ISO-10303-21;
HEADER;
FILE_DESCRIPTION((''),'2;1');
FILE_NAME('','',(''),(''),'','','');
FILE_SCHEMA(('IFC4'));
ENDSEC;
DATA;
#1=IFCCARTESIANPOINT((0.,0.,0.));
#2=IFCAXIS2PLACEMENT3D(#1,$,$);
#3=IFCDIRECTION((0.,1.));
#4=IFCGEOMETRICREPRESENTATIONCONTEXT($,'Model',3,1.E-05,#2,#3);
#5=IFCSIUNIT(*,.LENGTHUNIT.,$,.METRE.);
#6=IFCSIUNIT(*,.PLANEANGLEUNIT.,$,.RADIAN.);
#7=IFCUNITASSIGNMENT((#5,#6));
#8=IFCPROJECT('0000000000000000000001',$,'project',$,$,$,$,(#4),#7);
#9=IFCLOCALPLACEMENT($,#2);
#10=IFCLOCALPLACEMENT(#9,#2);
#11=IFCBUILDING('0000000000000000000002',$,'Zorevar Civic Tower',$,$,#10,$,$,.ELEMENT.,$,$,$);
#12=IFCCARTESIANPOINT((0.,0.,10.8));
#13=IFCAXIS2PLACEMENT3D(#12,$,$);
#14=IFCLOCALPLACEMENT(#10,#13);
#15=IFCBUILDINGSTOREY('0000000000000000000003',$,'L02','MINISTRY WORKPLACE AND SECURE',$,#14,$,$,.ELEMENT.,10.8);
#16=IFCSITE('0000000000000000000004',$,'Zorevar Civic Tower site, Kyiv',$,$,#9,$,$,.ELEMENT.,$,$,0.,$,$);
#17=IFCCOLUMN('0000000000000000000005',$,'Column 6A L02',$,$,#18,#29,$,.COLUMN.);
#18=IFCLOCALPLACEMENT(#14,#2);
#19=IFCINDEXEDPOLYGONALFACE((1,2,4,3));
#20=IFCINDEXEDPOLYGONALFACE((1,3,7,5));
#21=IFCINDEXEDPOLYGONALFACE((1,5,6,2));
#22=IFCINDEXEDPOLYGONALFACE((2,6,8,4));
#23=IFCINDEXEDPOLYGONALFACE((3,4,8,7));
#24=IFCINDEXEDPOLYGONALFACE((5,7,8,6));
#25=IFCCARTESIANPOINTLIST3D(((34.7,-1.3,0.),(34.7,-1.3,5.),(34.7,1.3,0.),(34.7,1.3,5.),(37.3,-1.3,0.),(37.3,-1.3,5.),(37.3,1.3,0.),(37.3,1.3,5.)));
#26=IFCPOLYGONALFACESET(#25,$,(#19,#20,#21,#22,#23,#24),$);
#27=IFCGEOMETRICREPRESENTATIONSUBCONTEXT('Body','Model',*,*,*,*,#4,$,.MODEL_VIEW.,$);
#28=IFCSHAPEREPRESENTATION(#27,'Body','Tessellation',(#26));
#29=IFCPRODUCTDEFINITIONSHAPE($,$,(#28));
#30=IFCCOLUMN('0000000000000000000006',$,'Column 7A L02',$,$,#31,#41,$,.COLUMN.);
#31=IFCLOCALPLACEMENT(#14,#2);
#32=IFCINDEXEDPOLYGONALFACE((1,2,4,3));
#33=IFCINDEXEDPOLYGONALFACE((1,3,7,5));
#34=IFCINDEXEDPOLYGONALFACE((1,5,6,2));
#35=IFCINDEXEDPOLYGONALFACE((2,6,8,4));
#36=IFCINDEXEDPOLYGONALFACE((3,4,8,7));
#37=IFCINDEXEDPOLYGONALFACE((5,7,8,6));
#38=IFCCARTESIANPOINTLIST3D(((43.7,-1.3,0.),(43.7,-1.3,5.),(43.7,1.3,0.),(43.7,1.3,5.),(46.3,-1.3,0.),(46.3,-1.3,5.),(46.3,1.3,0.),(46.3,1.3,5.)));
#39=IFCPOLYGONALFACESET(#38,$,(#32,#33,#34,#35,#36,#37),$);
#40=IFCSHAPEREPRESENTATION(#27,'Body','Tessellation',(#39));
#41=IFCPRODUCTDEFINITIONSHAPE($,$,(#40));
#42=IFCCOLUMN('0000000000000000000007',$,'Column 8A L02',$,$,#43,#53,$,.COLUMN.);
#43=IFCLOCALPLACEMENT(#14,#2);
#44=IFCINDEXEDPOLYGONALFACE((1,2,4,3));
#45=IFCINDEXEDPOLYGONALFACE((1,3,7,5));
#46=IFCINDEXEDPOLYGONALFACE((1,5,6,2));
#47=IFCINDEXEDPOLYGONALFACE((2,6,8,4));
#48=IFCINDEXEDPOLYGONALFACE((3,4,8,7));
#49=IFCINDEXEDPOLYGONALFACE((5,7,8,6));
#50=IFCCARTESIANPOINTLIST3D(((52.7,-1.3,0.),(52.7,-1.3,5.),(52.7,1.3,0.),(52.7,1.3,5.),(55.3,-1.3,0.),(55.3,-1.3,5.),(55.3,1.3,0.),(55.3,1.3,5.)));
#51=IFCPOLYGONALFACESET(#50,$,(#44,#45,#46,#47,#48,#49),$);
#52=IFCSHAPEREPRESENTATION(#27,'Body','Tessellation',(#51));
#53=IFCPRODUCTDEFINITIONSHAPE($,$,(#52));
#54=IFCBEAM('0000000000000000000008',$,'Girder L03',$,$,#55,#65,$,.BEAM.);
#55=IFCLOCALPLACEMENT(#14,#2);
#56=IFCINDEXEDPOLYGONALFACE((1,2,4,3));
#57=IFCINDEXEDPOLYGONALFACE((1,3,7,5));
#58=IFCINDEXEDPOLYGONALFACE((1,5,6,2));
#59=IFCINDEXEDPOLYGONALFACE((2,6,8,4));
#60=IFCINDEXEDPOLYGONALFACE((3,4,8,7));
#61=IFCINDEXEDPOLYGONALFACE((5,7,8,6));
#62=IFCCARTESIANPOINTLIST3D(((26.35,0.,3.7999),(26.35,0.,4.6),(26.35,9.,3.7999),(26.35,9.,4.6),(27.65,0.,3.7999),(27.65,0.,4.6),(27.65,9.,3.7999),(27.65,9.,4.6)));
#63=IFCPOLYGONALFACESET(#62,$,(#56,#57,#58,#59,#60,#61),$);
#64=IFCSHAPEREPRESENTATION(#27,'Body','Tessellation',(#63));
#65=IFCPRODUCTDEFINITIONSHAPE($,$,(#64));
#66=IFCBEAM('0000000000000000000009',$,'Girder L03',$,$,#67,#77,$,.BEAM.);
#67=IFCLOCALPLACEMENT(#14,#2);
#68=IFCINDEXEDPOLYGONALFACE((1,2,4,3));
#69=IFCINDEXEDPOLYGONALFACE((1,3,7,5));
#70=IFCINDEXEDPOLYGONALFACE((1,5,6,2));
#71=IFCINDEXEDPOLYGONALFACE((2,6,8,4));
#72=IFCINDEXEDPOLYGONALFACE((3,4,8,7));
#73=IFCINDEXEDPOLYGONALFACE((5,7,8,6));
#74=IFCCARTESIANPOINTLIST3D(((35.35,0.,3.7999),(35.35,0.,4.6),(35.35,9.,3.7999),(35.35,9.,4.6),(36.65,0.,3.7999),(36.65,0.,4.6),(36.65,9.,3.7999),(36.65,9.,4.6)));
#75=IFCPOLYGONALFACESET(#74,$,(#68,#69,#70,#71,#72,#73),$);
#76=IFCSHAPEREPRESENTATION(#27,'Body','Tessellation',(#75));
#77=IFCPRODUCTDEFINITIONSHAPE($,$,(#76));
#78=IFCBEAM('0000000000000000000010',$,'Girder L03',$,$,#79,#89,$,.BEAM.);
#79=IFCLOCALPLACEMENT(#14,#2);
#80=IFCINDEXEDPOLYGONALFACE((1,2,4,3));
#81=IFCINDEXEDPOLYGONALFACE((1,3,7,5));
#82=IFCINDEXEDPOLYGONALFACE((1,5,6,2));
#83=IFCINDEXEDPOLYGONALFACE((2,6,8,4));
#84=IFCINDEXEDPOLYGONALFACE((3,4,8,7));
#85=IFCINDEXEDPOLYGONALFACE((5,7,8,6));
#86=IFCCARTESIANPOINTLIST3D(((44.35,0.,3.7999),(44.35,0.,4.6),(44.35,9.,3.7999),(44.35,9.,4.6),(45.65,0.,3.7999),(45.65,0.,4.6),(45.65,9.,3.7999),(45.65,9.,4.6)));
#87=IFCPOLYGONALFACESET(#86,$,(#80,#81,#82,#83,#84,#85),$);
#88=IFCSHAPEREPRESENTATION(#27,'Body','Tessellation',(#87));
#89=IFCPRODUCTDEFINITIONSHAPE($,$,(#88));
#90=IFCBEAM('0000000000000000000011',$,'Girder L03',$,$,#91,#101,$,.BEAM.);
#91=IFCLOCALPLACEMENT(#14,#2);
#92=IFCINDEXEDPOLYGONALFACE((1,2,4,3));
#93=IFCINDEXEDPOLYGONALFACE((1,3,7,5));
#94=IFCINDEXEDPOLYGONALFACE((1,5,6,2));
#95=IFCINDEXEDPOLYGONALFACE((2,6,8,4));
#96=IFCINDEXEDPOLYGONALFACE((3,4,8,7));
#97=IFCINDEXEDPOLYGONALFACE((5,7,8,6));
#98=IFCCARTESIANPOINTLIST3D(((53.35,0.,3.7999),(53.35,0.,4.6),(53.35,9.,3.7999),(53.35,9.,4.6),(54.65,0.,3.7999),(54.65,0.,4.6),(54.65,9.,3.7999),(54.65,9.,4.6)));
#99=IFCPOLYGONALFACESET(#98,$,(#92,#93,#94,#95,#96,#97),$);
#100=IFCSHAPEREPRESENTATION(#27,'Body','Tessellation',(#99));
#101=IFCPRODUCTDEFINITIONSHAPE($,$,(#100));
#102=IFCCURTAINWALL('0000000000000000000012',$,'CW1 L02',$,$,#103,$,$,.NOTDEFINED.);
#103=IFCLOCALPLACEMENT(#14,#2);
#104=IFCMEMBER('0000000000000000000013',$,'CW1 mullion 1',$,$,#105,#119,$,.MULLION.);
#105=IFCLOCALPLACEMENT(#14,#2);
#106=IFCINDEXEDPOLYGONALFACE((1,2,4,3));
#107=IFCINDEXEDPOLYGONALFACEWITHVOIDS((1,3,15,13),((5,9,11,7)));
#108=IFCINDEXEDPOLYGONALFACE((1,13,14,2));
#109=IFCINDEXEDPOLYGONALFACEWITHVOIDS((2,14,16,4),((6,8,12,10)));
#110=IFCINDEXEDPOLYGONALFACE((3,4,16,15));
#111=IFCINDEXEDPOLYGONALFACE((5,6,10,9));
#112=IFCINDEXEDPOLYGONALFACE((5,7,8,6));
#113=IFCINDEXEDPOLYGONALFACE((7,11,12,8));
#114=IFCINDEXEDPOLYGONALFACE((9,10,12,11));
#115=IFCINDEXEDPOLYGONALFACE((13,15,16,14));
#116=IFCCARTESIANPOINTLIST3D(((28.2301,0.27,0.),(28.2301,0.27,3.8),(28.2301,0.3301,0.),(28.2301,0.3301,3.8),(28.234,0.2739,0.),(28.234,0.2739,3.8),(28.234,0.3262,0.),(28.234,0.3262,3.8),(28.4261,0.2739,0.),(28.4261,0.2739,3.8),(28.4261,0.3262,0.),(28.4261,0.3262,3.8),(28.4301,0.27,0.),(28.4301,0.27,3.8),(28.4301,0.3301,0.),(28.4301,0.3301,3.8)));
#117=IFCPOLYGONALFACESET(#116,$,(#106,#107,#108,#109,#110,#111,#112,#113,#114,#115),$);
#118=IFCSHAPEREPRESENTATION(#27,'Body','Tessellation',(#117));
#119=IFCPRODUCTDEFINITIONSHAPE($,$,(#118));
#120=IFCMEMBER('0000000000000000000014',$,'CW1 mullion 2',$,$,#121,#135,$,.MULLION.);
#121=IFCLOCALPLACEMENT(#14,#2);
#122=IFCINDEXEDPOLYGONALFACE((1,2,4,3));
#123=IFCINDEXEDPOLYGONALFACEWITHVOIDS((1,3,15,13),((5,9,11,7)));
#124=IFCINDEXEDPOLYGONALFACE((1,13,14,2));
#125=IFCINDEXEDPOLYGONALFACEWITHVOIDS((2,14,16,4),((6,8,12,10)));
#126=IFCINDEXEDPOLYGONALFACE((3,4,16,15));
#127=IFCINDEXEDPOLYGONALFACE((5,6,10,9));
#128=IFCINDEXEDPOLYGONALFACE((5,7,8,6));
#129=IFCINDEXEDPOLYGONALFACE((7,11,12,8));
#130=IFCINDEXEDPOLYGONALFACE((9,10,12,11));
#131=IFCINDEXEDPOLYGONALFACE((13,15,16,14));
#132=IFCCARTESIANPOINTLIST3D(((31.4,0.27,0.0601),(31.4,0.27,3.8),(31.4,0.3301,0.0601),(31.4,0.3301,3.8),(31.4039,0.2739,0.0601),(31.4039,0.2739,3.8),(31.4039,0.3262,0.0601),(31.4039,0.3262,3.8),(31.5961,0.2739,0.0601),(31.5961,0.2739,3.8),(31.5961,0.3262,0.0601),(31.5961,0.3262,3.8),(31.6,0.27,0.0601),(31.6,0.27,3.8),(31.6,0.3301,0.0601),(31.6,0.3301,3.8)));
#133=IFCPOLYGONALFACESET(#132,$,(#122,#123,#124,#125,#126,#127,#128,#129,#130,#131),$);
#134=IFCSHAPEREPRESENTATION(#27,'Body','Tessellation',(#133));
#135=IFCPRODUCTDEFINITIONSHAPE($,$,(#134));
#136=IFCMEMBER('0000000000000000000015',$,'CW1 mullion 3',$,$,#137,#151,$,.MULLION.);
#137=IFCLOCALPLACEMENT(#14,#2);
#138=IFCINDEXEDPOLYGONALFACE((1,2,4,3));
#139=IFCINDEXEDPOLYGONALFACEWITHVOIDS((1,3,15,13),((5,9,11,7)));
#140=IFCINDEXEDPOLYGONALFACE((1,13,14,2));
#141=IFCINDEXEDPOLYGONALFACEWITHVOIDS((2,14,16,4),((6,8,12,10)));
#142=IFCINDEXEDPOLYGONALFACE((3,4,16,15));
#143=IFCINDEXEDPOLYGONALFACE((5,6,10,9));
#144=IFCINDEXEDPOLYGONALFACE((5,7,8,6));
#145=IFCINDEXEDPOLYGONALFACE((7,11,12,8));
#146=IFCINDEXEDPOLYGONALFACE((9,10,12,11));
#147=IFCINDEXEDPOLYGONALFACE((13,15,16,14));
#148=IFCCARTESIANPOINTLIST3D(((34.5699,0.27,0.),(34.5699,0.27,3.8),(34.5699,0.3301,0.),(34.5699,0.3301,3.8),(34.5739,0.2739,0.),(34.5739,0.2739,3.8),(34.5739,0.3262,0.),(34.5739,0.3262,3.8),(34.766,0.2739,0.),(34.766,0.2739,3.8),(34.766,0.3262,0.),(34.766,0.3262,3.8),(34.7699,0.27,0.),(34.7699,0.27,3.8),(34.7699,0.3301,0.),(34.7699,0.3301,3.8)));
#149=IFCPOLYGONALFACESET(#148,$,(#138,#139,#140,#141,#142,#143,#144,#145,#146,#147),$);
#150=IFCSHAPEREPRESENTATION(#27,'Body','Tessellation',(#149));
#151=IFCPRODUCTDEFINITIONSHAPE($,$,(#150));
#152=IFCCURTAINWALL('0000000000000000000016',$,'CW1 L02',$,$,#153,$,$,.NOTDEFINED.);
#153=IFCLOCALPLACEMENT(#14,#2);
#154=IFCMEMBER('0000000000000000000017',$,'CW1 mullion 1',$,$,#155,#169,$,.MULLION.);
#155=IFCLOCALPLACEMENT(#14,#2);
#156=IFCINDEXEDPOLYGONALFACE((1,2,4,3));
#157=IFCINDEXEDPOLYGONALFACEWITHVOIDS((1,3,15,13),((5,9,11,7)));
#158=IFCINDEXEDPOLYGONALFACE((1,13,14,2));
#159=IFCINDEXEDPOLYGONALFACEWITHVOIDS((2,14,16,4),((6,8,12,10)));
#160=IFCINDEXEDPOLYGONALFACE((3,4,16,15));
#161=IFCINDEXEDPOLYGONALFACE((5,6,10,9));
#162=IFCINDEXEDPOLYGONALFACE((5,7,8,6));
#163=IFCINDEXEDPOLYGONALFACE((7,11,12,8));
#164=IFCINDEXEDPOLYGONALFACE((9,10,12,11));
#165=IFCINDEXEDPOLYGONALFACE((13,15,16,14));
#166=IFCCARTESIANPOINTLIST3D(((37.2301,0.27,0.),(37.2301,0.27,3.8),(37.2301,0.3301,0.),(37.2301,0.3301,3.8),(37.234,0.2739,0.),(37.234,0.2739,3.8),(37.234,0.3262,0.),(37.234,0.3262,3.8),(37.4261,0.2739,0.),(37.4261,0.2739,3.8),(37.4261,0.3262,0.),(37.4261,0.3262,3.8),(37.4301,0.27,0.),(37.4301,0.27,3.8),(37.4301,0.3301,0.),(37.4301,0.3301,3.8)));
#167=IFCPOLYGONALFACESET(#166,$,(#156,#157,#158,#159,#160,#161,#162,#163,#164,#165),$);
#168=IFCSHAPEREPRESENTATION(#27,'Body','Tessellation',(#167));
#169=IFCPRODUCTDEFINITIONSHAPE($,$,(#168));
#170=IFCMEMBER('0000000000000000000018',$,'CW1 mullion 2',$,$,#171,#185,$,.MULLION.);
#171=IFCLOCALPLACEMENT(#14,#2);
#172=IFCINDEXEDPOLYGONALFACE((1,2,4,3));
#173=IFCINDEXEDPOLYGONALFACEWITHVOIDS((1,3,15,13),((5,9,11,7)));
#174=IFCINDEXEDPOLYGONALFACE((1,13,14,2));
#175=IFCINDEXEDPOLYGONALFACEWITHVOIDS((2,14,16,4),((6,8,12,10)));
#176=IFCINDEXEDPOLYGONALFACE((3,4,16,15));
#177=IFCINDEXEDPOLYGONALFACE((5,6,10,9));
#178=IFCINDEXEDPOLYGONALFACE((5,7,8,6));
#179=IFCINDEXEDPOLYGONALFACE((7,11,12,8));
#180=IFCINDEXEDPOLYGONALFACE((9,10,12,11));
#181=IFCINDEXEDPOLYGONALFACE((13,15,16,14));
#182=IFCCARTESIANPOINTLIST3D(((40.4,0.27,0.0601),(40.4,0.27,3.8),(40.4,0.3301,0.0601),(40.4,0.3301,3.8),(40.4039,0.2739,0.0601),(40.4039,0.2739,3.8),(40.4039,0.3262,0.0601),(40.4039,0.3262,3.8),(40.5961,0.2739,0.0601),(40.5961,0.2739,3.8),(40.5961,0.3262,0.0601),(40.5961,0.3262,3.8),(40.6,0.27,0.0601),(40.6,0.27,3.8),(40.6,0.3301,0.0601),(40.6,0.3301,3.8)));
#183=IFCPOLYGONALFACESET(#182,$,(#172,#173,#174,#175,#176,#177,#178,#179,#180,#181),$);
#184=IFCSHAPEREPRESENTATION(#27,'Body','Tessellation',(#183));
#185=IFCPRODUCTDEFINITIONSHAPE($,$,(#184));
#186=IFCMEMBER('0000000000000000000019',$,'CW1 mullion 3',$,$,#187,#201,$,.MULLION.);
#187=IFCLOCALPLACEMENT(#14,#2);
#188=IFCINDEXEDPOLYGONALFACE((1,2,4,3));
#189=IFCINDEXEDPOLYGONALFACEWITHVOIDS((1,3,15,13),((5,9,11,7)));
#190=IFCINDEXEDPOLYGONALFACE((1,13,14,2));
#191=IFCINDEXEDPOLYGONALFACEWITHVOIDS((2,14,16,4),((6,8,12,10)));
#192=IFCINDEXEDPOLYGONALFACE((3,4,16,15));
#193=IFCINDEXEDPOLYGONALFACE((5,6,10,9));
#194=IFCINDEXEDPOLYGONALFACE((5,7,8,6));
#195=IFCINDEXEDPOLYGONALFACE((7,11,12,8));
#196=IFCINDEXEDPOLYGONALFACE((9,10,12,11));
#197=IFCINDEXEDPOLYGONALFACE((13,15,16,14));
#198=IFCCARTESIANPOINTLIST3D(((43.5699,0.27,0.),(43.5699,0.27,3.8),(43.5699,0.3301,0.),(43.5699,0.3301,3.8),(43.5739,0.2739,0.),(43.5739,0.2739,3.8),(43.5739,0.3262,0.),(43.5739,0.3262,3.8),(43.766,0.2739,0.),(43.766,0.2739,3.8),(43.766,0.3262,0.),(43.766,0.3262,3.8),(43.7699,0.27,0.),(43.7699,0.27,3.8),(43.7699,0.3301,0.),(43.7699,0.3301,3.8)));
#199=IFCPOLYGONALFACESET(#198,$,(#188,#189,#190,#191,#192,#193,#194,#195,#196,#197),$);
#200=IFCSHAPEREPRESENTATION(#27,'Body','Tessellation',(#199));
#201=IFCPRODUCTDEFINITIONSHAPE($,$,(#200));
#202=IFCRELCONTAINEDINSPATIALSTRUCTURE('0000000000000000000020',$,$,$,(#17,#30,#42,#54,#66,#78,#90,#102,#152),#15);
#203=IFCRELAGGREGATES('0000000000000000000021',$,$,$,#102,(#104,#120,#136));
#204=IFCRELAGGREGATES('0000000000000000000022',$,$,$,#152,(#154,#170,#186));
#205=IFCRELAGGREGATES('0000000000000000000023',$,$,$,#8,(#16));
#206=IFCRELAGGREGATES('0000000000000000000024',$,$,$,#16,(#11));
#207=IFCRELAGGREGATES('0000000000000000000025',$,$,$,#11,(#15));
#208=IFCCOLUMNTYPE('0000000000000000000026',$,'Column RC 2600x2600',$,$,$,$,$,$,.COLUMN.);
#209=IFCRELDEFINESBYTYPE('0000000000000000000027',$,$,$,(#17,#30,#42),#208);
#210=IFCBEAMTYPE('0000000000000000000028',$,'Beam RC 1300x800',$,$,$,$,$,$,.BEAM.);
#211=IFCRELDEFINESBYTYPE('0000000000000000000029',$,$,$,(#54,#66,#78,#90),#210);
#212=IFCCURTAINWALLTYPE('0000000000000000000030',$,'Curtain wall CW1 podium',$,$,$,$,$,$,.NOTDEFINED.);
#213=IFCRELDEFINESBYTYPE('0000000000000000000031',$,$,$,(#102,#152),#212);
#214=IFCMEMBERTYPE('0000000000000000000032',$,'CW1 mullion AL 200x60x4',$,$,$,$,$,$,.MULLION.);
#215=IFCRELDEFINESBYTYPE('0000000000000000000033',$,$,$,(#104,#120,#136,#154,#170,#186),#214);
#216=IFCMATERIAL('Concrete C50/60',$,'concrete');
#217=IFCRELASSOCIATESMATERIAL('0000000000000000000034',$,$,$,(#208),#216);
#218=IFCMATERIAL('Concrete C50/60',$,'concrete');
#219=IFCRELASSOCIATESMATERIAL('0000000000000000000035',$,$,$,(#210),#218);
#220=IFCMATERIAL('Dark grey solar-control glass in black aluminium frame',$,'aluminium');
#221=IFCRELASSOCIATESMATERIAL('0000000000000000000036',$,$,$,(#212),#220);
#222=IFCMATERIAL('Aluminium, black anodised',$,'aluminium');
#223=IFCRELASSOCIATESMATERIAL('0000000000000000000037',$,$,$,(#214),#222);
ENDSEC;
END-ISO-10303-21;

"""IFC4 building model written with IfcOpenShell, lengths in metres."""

from ifc_helpers import new_model, si_unit, direction, frame, origin, origin_2d, place, context, subcontext, project, spatial, rectangle, hollow_rectangle, extrude, material, material_profile, profile_set, type_object, element, aggregate, save


model = new_model("IFC4")

# Units and contexts
model_context = context("Model", 3, precision=1e-05, world=origin(), true_north=direction((0.0, 1.0)))
body_context = subcontext(model_context, "Body", "Model", "MODEL_VIEW")
ifc_project = project(units=[si_unit("LENGTHUNIT", "METRE"), si_unit("PLANEANGLEUNIT", "RADIAN")], contexts=[model_context])

# Site, building, storey
site_placement = place(None, origin())
site = spatial("IfcSite", under=ifc_project, at=site_placement, Name="Zorevar Civic Tower site, Kyiv", CompositionType="ELEMENT", RefElevation=0.0)
building_placement = place(site_placement, origin())
building = spatial("IfcBuilding", under=site, at=building_placement, Name="Zorevar Civic Tower", CompositionType="ELEMENT")
storey_placement = place(building_placement, frame((0.0, 0.0, 10.8)))
storey = spatial("IfcBuildingStorey", under=building, at=storey_placement, Name="L02", Description="MINISTRY WORKPLACE AND SECURE", CompositionType="ELEMENT", Elevation=10.8)

# Columns
ifc_material_1 = material(Name="Concrete C50/60", Category="concrete")
ifc_material_profile_1 = material_profile(ifc_material_1, rectangle(XDim=2.6001, YDim=2.6001, at=origin_2d()), Name="RC 2600x2600")
ifc_profile_set_1 = profile_set([ifc_material_profile_1], Name="Concrete C50/60")
column_type = type_object("IfcColumnType", Name="Column RC 2600x2600", PredefinedType="COLUMN", material=ifc_profile_set_1)
for number, where, z_axis, x_axis, name in (
    (1, (36.0, 0.0, 0.0), (0.0, 0.0, 1.0), (1.0, 0.0, 0.0), "Column 6A L02"),
    (2, (45.0, 0.0, 0.0), (0.0, 0.0, 1.0), (1.0, 0.0, 0.0), "Column 7A L02"),
    (3, (54.0, 0.0, 0.0), (0.0, 0.0, 1.0), (1.0, 0.0, 0.0), "Column 8A L02"),
):
    element("IfcColumn", number, at=place(storey_placement, frame(where, z_axis=z_axis, x_axis=x_axis)), inside=storey, type_object=column_type, Name=name, PredefinedType="COLUMN", context=body_context, shape_type="SweptSolid", body=[
        extrude(rectangle(XDim=2.6001, YDim=2.6001, at=origin_2d()), origin(), (0.0, 0.0, 1.0), 5.0),
    ])

# Beams
ifc_material_2 = material(Name="Concrete C50/60", Category="concrete")
ifc_material_profile_2 = material_profile(ifc_material_2, rectangle(XDim=1.3, YDim=0.8, at=origin_2d()), Name="RC 1300x800")
ifc_profile_set_2 = profile_set([ifc_material_profile_2], Name="Concrete C50/60")
beam_type_1 = type_object("IfcBeamType", Name="Beam RC 1300x800", PredefinedType="BEAM", material=ifc_profile_set_2)
for number, where, z_axis, x_axis, name in (
    (4, (27.0, 0.0, 4.2), (0.0, 1.0, 0.0), (-1.0, 0.0, 0.0), "Girder L03"),
    (5, (36.0, 0.0, 4.2), (0.0, 1.0, 0.0), (-1.0, 0.0, 0.0), "Girder L03"),
    (6, (45.0, 0.0, 4.2), (0.0, 1.0, 0.0), (-1.0, 0.0, 0.0), "Girder L03"),
    (7, (54.0, 0.0, 4.2), (0.0, 1.0, 0.0), (-1.0, 0.0, 0.0), "Girder L03"),
):
    element("IfcBeam", number, at=place(storey_placement, frame(where, z_axis=z_axis, x_axis=x_axis)), inside=storey, type_object=beam_type_1, Name=name, PredefinedType="BEAM", context=body_context, shape_type="SweptSolid", body=[
        extrude(rectangle(XDim=1.3, YDim=0.8, at=origin_2d()), origin(), (0.0, 0.0, 1.0), 9.0),
    ])

# Curtain walls, members
ifc_material_3 = material(Name="Dark grey solar-control glass in black aluminium frame", Category="aluminium")
curtain_wall_type = type_object("IfcCurtainWallType", Name="Curtain wall CW1 podium", PredefinedType="NOTDEFINED", material=ifc_material_3)
curtain_wall_1_placement = place(storey_placement, origin())
curtain_wall_1 = element("IfcCurtainWall", 8, at=curtain_wall_1_placement, inside=storey, type_object=curtain_wall_type, Name="CW1 L02", PredefinedType="NOTDEFINED")
ifc_material_4 = material(Name="Aluminium, black anodised", Category="aluminium")
ifc_material_profile_3 = material_profile(ifc_material_4, hollow_rectangle(XDim=0.0601, YDim=0.2, WallThickness=0.0039, at=origin_2d()), Name="AL 200x60x4")
ifc_profile_set_3 = profile_set([ifc_material_profile_3], Name="Aluminium, black anodised")
member_type_1 = type_object("IfcMemberType", Name="CW1 mullion AL 200x60x4", PredefinedType="MULLION", material=ifc_profile_set_3)
member_1_placement = place(storey_placement, frame((28.3301, 0.3, 0.0), z_axis=(0.0, 0.0, 1.0), x_axis=(0.0, 1.0, 0.0)))
member_1 = element("IfcMember", 9, at=member_1_placement, type_object=member_type_1, Name="CW1 mullion 1", PredefinedType="MULLION", context=body_context, shape_type="SweptSolid", body=[
    extrude(hollow_rectangle(XDim=0.0601, YDim=0.2, WallThickness=0.0039, at=origin_2d()), origin(), (0.0, 0.0, 1.0), 3.8),
])
member_2_placement = place(storey_placement, frame((31.5, 0.3, 0.0601), z_axis=(0.0, 0.0, 1.0), x_axis=(0.0, 1.0, 0.0)))
member_2 = element("IfcMember", 10, at=member_2_placement, type_object=member_type_1, Name="CW1 mullion 2", PredefinedType="MULLION", context=body_context, shape_type="SweptSolid", body=[
    extrude(hollow_rectangle(XDim=0.0601, YDim=0.2, WallThickness=0.0039, at=origin_2d()), origin(), (0.0, 0.0, 1.0), 3.74),
])
member_3_placement = place(storey_placement, frame((34.6699, 0.3, 0.0), z_axis=(0.0, 0.0, 1.0), x_axis=(0.0, 1.0, 0.0)))
member_3 = element("IfcMember", 11, at=member_3_placement, type_object=member_type_1, Name="CW1 mullion 3", PredefinedType="MULLION", context=body_context, shape_type="SweptSolid", body=[
    extrude(hollow_rectangle(XDim=0.0601, YDim=0.2, WallThickness=0.0039, at=origin_2d()), origin(), (0.0, 0.0, 1.0), 3.8),
])
curtain_wall_2_placement = place(storey_placement, origin())
curtain_wall_2 = element("IfcCurtainWall", 12, at=curtain_wall_2_placement, inside=storey, type_object=curtain_wall_type, Name="CW1 L02", PredefinedType="NOTDEFINED")
member_4_placement = place(storey_placement, frame((37.3301, 0.3, 0.0), z_axis=(0.0, 0.0, 1.0), x_axis=(0.0, 1.0, 0.0)))
member_4 = element("IfcMember", 13, at=member_4_placement, type_object=member_type_1, Name="CW1 mullion 1", PredefinedType="MULLION", context=body_context, shape_type="SweptSolid", body=[
    extrude(hollow_rectangle(XDim=0.0601, YDim=0.2, WallThickness=0.0039, at=origin_2d()), origin(), (0.0, 0.0, 1.0), 3.8),
])
member_5_placement = place(storey_placement, frame((40.5, 0.3, 0.0601), z_axis=(0.0, 0.0, 1.0), x_axis=(0.0, 1.0, 0.0)))
member_5 = element("IfcMember", 14, at=member_5_placement, type_object=member_type_1, Name="CW1 mullion 2", PredefinedType="MULLION", context=body_context, shape_type="SweptSolid", body=[
    extrude(hollow_rectangle(XDim=0.0601, YDim=0.2, WallThickness=0.0039, at=origin_2d()), origin(), (0.0, 0.0, 1.0), 3.74),
])
member_6_placement = place(storey_placement, frame((43.6699, 0.3, 0.0), z_axis=(0.0, 0.0, 1.0), x_axis=(0.0, 1.0, 0.0)))
member_6 = element("IfcMember", 15, at=member_6_placement, type_object=member_type_1, Name="CW1 mullion 3", PredefinedType="MULLION", context=body_context, shape_type="SweptSolid", body=[
    extrude(hollow_rectangle(XDim=0.0601, YDim=0.2, WallThickness=0.0039, at=origin_2d()), origin(), (0.0, 0.0, 1.0), 3.8),
])

aggregate(curtain_wall_1, [member_1, member_2, member_3])
aggregate(curtain_wall_2, [member_4, member_5, member_6])

save(model, "model.ifc")
